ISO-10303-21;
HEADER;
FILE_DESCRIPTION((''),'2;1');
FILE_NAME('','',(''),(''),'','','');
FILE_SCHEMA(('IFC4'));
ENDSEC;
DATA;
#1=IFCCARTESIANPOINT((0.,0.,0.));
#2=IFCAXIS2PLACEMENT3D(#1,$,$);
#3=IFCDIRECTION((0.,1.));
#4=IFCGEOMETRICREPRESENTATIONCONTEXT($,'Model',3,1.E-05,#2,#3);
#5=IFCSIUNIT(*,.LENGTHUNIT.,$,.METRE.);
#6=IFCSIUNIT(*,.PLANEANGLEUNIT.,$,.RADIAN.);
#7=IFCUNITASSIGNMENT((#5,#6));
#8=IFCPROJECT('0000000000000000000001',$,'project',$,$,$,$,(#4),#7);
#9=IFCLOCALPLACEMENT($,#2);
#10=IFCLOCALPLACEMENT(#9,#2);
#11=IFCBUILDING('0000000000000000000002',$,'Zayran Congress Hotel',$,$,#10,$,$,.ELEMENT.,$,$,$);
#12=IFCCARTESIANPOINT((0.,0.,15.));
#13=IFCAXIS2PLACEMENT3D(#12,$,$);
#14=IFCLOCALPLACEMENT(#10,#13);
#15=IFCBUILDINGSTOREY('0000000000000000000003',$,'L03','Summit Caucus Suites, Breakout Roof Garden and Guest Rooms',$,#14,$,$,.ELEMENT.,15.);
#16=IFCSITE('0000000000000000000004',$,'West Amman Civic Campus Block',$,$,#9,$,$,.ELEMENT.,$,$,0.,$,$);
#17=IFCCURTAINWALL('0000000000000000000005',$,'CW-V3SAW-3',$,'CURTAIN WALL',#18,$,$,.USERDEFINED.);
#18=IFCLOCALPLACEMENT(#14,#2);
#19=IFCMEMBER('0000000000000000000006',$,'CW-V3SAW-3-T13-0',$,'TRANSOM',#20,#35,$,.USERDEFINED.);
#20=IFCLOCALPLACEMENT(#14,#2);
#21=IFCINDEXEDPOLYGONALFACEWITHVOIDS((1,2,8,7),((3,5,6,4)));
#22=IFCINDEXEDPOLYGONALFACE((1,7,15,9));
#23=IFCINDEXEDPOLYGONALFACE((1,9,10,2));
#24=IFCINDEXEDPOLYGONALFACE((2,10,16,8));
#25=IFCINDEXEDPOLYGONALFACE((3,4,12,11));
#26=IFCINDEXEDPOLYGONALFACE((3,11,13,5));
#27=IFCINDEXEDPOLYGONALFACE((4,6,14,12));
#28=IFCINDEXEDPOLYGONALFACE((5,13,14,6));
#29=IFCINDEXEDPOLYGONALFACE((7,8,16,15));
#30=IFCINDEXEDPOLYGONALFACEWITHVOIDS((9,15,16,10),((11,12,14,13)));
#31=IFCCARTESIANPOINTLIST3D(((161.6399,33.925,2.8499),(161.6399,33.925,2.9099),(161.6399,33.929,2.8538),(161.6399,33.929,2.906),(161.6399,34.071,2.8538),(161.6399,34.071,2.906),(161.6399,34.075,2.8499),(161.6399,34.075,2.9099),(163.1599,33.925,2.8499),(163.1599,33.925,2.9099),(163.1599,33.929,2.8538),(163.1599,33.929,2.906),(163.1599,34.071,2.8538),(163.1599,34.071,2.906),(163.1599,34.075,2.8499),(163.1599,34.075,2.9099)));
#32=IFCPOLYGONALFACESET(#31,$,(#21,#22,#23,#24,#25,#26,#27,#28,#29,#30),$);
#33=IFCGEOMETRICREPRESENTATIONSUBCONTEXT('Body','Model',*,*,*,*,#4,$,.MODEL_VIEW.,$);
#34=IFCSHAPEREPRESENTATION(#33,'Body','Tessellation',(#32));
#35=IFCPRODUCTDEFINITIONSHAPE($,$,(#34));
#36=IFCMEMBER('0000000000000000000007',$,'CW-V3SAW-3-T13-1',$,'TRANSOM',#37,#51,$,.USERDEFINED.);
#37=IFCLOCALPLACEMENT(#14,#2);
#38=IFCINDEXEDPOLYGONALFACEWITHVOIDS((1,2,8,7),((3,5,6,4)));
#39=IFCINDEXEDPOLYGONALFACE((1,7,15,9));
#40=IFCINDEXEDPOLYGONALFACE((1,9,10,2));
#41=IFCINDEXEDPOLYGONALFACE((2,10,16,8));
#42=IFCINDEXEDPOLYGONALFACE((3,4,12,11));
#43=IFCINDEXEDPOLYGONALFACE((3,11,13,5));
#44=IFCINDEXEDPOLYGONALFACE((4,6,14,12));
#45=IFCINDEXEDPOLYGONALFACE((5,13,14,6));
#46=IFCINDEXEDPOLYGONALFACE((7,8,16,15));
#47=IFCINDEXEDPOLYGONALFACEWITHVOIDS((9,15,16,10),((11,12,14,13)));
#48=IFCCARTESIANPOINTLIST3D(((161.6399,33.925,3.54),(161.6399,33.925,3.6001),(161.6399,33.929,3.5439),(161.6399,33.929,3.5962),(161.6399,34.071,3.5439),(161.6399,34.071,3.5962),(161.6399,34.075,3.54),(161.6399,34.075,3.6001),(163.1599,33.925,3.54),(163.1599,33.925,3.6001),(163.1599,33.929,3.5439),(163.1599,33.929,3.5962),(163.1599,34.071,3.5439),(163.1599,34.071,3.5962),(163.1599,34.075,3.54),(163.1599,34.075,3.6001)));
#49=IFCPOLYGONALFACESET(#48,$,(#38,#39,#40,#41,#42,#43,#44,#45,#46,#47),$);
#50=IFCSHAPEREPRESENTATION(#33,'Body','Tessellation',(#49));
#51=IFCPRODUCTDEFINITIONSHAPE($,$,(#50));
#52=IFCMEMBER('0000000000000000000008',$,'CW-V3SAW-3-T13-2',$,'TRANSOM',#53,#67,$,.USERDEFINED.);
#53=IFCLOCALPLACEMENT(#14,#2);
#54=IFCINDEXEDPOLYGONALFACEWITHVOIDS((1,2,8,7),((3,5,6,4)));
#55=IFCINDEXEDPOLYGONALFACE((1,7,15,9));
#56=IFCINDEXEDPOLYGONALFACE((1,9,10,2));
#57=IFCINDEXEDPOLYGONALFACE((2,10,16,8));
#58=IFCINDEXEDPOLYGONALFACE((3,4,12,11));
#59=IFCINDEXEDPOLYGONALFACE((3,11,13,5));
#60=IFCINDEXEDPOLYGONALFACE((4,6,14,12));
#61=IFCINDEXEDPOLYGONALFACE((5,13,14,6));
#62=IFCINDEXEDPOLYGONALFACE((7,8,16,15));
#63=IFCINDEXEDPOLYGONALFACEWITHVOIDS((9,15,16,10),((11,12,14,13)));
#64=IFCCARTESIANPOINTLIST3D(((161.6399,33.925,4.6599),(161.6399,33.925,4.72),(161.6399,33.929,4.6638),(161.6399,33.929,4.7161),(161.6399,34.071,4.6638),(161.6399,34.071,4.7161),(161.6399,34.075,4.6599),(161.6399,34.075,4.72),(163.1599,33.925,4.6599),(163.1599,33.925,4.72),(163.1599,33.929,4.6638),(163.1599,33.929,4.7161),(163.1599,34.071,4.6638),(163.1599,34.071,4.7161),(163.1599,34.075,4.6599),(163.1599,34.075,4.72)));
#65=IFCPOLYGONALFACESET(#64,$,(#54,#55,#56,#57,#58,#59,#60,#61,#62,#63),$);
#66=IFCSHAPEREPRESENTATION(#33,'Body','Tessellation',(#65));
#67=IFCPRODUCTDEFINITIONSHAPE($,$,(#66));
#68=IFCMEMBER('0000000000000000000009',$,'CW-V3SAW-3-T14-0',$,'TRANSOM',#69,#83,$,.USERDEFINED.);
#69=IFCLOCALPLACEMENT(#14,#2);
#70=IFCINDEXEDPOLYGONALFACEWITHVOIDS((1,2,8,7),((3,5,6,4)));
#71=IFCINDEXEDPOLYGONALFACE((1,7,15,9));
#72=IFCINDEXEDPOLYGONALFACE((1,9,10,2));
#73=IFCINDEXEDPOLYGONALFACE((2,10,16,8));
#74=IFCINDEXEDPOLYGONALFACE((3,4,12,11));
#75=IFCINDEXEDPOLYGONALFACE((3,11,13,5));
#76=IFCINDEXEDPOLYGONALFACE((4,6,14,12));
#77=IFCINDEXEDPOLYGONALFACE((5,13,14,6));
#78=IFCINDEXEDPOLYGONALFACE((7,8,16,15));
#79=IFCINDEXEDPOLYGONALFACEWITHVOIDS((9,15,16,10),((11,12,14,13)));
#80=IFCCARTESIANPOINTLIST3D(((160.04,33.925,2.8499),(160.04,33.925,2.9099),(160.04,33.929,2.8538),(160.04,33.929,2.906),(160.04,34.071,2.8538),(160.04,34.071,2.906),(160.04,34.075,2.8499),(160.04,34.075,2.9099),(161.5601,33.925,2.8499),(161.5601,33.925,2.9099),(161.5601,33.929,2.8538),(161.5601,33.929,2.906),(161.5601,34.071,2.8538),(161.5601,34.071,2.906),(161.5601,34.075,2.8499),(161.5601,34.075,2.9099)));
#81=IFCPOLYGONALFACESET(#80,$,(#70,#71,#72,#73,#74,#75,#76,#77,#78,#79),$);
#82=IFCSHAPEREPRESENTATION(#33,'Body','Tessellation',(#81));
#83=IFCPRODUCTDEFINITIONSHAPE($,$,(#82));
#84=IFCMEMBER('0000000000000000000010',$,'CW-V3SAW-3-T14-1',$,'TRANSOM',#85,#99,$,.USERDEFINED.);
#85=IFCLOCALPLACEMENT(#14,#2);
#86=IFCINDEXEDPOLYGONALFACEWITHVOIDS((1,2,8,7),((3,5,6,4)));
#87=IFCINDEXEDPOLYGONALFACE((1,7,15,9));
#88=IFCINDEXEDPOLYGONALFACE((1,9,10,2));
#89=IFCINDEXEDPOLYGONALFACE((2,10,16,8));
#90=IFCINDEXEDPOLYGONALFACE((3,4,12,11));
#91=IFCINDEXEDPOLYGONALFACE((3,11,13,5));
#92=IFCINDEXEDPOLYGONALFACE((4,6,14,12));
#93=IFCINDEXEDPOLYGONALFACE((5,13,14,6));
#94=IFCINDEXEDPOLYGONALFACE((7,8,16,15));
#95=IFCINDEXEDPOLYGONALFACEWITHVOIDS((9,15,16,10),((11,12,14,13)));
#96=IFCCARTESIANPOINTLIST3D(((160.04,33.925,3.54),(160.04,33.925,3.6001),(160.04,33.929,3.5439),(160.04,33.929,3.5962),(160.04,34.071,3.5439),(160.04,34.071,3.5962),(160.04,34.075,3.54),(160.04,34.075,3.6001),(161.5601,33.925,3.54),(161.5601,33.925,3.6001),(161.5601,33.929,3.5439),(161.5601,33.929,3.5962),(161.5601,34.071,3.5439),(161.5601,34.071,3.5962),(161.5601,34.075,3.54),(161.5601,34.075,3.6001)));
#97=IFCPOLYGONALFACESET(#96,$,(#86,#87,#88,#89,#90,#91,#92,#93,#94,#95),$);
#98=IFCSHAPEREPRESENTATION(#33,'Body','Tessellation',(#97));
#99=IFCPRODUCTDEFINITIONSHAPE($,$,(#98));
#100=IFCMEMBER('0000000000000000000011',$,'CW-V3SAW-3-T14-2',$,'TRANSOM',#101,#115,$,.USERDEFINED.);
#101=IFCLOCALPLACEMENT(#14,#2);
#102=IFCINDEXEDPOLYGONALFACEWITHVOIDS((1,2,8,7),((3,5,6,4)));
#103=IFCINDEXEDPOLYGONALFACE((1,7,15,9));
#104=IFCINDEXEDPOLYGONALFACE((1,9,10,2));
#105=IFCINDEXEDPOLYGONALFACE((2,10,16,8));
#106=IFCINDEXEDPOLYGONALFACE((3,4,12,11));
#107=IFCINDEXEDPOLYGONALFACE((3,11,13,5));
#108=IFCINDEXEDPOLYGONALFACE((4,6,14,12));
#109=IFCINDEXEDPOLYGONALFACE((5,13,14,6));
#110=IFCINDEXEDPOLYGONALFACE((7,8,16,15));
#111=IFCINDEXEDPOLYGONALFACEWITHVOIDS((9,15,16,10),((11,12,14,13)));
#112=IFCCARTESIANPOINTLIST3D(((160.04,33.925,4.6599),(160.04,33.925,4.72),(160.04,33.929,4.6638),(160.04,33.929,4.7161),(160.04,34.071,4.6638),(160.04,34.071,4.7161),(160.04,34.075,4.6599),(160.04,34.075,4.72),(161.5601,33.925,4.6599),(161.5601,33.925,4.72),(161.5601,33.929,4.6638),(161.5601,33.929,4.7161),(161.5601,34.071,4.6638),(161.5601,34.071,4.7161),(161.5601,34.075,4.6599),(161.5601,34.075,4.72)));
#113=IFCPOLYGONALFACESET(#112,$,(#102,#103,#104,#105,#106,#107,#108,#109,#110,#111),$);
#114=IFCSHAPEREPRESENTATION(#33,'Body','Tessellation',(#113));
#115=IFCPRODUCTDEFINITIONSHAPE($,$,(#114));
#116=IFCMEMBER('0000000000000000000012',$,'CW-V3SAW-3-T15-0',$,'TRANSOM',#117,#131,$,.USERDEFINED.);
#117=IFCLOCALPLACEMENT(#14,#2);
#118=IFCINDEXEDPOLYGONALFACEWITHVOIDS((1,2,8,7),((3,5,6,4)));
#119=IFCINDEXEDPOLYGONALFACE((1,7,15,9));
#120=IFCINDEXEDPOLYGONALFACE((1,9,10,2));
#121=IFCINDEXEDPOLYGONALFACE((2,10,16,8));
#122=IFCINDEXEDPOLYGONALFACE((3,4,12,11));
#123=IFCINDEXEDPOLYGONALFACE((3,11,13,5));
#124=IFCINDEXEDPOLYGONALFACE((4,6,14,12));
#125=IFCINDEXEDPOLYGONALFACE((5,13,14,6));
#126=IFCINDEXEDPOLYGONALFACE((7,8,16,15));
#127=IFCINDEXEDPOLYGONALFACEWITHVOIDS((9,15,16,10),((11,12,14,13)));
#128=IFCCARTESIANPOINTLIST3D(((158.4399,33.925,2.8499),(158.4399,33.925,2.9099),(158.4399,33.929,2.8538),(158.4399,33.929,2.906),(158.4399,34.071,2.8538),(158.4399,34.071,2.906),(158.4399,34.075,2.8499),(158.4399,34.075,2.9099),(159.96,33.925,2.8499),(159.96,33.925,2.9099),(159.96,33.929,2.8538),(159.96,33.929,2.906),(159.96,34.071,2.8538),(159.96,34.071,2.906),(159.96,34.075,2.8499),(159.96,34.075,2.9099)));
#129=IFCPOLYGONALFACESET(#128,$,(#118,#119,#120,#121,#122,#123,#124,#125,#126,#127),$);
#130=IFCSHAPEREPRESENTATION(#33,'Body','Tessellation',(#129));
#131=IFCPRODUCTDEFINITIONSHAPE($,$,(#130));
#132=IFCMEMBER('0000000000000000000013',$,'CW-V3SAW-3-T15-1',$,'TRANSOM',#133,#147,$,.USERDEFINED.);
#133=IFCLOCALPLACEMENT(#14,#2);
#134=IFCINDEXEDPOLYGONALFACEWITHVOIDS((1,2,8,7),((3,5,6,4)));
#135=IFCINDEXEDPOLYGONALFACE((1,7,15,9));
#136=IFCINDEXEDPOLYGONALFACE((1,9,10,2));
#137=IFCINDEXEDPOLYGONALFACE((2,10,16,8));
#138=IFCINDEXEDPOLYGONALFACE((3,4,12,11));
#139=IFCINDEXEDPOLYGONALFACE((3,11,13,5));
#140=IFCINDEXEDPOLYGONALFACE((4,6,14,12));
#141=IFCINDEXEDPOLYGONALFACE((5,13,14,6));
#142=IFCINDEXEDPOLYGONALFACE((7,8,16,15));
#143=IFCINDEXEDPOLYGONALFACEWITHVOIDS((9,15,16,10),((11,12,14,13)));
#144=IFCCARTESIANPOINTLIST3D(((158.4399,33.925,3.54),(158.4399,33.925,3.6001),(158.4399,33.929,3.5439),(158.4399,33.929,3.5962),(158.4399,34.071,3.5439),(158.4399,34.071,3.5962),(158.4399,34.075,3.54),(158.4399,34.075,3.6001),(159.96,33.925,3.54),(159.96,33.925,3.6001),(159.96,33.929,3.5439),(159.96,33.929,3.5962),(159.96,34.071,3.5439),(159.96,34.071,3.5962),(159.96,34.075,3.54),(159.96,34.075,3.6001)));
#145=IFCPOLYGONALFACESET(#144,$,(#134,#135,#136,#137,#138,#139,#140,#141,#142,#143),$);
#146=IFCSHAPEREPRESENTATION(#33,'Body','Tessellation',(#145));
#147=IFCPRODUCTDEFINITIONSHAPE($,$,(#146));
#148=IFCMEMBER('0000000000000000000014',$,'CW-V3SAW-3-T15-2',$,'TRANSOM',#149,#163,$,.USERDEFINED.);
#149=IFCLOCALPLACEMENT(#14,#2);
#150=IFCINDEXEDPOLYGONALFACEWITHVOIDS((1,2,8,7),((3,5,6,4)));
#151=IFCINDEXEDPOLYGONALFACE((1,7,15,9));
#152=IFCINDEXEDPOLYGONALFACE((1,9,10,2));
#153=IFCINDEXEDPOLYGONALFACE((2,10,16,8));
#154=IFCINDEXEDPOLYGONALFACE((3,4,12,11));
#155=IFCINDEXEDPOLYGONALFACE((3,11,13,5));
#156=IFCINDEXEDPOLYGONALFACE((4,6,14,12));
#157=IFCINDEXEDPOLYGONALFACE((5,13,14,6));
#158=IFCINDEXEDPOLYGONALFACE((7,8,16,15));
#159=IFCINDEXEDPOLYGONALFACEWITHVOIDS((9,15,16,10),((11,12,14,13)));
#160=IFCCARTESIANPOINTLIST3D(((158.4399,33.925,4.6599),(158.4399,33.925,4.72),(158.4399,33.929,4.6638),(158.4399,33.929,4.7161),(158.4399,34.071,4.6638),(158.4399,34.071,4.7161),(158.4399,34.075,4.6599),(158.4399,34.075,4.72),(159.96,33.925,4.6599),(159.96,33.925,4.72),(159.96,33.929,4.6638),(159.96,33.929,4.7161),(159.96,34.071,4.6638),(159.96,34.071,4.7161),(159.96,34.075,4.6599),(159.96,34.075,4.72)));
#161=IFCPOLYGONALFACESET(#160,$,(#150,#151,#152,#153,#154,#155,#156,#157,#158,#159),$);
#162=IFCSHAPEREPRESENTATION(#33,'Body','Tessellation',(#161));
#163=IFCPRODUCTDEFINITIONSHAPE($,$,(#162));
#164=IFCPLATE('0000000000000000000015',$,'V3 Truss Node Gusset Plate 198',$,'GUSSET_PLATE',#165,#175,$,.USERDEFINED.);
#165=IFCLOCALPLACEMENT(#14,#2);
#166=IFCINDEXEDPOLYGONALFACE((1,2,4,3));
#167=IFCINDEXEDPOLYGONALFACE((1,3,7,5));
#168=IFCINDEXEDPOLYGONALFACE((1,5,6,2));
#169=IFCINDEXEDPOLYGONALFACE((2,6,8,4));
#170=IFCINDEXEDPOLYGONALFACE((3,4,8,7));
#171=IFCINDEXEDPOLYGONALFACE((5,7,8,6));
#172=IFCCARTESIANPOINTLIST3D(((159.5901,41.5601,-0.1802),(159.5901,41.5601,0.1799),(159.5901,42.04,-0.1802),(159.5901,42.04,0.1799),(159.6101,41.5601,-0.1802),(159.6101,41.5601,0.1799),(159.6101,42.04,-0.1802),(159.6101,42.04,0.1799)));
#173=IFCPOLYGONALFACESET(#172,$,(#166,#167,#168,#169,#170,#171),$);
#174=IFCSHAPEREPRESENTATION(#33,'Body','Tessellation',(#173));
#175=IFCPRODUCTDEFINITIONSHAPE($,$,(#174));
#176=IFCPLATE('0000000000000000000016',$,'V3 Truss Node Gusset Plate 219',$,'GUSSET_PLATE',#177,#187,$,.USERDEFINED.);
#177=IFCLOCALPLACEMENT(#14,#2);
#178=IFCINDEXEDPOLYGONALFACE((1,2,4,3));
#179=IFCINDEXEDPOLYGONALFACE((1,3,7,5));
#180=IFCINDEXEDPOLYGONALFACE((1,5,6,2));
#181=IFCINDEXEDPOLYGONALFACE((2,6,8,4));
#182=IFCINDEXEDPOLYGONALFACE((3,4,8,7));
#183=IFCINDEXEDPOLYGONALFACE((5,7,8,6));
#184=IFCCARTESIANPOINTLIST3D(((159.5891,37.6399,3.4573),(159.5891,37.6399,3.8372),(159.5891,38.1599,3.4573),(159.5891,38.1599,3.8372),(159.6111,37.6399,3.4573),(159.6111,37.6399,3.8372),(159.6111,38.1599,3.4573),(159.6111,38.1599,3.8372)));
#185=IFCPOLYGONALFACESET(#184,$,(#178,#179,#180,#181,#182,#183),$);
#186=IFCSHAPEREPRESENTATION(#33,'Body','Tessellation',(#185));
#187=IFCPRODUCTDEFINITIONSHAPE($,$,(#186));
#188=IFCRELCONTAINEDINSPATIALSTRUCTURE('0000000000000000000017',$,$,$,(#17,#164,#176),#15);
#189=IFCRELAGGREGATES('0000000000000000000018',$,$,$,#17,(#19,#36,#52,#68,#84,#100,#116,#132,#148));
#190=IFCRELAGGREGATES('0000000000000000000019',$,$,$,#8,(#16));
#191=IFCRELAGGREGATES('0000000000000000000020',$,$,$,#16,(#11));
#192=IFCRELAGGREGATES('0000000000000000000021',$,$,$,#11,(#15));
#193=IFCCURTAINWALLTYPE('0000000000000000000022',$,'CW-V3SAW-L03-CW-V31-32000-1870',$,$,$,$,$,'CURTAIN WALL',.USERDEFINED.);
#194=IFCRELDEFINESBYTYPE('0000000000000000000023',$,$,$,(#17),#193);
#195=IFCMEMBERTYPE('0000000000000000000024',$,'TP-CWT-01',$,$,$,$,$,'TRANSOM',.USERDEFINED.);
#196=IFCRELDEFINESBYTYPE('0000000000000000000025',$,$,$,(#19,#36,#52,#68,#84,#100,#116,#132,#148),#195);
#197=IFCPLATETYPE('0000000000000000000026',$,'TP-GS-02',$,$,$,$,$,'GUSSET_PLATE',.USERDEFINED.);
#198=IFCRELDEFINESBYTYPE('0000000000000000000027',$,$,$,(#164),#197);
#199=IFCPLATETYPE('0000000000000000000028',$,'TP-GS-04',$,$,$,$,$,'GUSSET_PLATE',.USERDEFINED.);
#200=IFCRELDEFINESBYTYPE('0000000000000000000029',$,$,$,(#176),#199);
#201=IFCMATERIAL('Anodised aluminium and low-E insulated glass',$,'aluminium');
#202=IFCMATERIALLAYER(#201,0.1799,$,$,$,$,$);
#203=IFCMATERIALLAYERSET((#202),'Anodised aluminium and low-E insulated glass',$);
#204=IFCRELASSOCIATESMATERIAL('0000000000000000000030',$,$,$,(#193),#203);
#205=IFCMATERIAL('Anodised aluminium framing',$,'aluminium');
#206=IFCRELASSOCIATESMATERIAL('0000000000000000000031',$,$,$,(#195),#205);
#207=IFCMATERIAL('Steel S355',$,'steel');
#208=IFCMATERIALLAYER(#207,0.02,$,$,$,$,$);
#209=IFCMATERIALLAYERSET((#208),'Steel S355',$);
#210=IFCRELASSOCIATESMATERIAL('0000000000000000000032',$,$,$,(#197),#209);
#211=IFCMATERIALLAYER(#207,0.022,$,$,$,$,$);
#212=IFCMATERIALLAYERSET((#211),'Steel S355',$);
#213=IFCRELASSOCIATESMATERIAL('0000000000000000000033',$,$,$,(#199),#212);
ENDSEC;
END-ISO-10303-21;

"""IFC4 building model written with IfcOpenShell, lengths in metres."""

from ifc_helpers import new_model, si_unit, direction, frame, origin, origin_2d, place, context, subcontext, project, spatial, rectangle, hollow_rectangle, extrude, material, layer, layer_set, material_profile, profile_set, type_object, element, aggregate, save


model = new_model("IFC4")

# Units and contexts
model_context = context("Model", 3, precision=1e-05, world=origin(), true_north=direction((0.0, 1.0)))
body_context = subcontext(model_context, "Body", "Model", "MODEL_VIEW")
ifc_project = project(units=[si_unit("LENGTHUNIT", "METRE"), si_unit("PLANEANGLEUNIT", "RADIAN")], contexts=[model_context])

# Site, building, storey
site_placement = place(None, origin())
site = spatial("IfcSite", under=ifc_project, at=site_placement, Name="West Amman Civic Campus Block", CompositionType="ELEMENT", RefElevation=0.0)
building_placement = place(site_placement, origin())
building = spatial("IfcBuilding", under=site, at=building_placement, Name="Zayran Congress Hotel", CompositionType="ELEMENT")
storey_placement = place(building_placement, frame((0.0, 0.0, 15.0)))
storey = spatial("IfcBuildingStorey", under=building, at=storey_placement, Name="L03", Description="Summit Caucus Suites, Breakout Roof Garden and Guest Rooms", CompositionType="ELEMENT", Elevation=15.0)

# Shared definitions
ifc_material_1 = material(Name="Steel S355", Category="steel")

# Curtain wall, members
ifc_material_2 = material(Name="Anodised aluminium and low-E insulated glass", Category="aluminium")
ifc_layer_1 = layer(ifc_material_2, 0.1799)
ifc_layer_set_1 = layer_set([ifc_layer_1], Name="Anodised aluminium and low-E insulated glass")
curtain_wall_type = type_object("IfcCurtainWallType", Name="CW-V3SAW-L03-CW-V31-32000-1870", ElementType="CURTAIN WALL", PredefinedType="USERDEFINED", material=ifc_layer_set_1)
curtain_wall_placement = place(storey_placement, origin())
curtain_wall = element("IfcCurtainWall", 1, at=curtain_wall_placement, inside=storey, type_object=curtain_wall_type, Name="CW-V3SAW-3", ObjectType="CURTAIN WALL", PredefinedType="USERDEFINED")
ifc_material_3 = material(Name="Anodised aluminium framing", Category="aluminium")
ifc_material_profile_1 = material_profile(ifc_material_3, hollow_rectangle(XDim=0.0601, YDim=0.1499, WallThickness=0.0039, at=origin_2d()), Name="RHS 150x60x4")
ifc_profile_set_1 = profile_set([ifc_material_profile_1], Name="Anodised aluminium framing")
member_type_1 = type_object("IfcMemberType", Name="TP-CWT-01", ElementType="TRANSOM", PredefinedType="USERDEFINED", material=ifc_profile_set_1)
member_1_placement = place(storey_placement, frame((163.1599, 34.0, 2.8799), z_axis=(-1.0, 0.0, 0.0), x_axis=(0.0, 0.0, 1.0)))
member_1 = element("IfcMember", 2, at=member_1_placement, type_object=member_type_1, Name="CW-V3SAW-3-T13-0", ObjectType="TRANSOM", PredefinedType="USERDEFINED", context=body_context, shape_type="SweptSolid", body=[
    extrude(hollow_rectangle(XDim=0.0601, YDim=0.1499, WallThickness=0.0039, at=origin_2d()), origin(), (0.0, 0.0, 1.0), 1.52),
])
member_2_placement = place(storey_placement, frame((163.1599, 34.0, 3.5701), z_axis=(-1.0, 0.0, 0.0), x_axis=(0.0, 0.0, 1.0)))
member_2 = element("IfcMember", 3, at=member_2_placement, type_object=member_type_1, Name="CW-V3SAW-3-T13-1", ObjectType="TRANSOM", PredefinedType="USERDEFINED", context=body_context, shape_type="SweptSolid", body=[
    extrude(hollow_rectangle(XDim=0.0601, YDim=0.1499, WallThickness=0.0039, at=origin_2d()), origin(), (0.0, 0.0, 1.0), 1.52),
])
member_3_placement = place(storey_placement, frame((163.1599, 34.0, 4.6899), z_axis=(-1.0, 0.0, 0.0), x_axis=(0.0, 0.0, 1.0)))
member_3 = element("IfcMember", 4, at=member_3_placement, type_object=member_type_1, Name="CW-V3SAW-3-T13-2", ObjectType="TRANSOM", PredefinedType="USERDEFINED", context=body_context, shape_type="SweptSolid", body=[
    extrude(hollow_rectangle(XDim=0.0601, YDim=0.1499, WallThickness=0.0039, at=origin_2d()), origin(), (0.0, 0.0, 1.0), 1.52),
])
member_4_placement = place(storey_placement, frame((161.5601, 34.0, 2.8799), z_axis=(-1.0, 0.0, 0.0), x_axis=(0.0, 0.0, 1.0)))
member_4 = element("IfcMember", 5, at=member_4_placement, type_object=member_type_1, Name="CW-V3SAW-3-T14-0", ObjectType="TRANSOM", PredefinedType="USERDEFINED", context=body_context, shape_type="SweptSolid", body=[
    extrude(hollow_rectangle(XDim=0.0601, YDim=0.1499, WallThickness=0.0039, at=origin_2d()), origin(), (0.0, 0.0, 1.0), 1.52),
])
member_5_placement = place(storey_placement, frame((161.5601, 34.0, 3.5701), z_axis=(-1.0, 0.0, 0.0), x_axis=(0.0, 0.0, 1.0)))
member_5 = element("IfcMember", 6, at=member_5_placement, type_object=member_type_1, Name="CW-V3SAW-3-T14-1", ObjectType="TRANSOM", PredefinedType="USERDEFINED", context=body_context, shape_type="SweptSolid", body=[
    extrude(hollow_rectangle(XDim=0.0601, YDim=0.1499, WallThickness=0.0039, at=origin_2d()), origin(), (0.0, 0.0, 1.0), 1.52),
])
member_6_placement = place(storey_placement, frame((161.5601, 34.0, 4.6899), z_axis=(-1.0, 0.0, 0.0), x_axis=(0.0, 0.0, 1.0)))
member_6 = element("IfcMember", 7, at=member_6_placement, type_object=member_type_1, Name="CW-V3SAW-3-T14-2", ObjectType="TRANSOM", PredefinedType="USERDEFINED", context=body_context, shape_type="SweptSolid", body=[
    extrude(hollow_rectangle(XDim=0.0601, YDim=0.1499, WallThickness=0.0039, at=origin_2d()), origin(), (0.0, 0.0, 1.0), 1.52),
])
member_7_placement = place(storey_placement, frame((159.96, 34.0, 2.8799), z_axis=(-1.0, 0.0, 0.0), x_axis=(0.0, 0.0, 1.0)))
member_7 = element("IfcMember", 8, at=member_7_placement, type_object=member_type_1, Name="CW-V3SAW-3-T15-0", ObjectType="TRANSOM", PredefinedType="USERDEFINED", context=body_context, shape_type="SweptSolid", body=[
    extrude(hollow_rectangle(XDim=0.0601, YDim=0.1499, WallThickness=0.0039, at=origin_2d()), origin(), (0.0, 0.0, 1.0), 1.52),
])
member_8_placement = place(storey_placement, frame((159.96, 34.0, 3.5701), z_axis=(-1.0, 0.0, 0.0), x_axis=(0.0, 0.0, 1.0)))
member_8 = element("IfcMember", 9, at=member_8_placement, type_object=member_type_1, Name="CW-V3SAW-3-T15-1", ObjectType="TRANSOM", PredefinedType="USERDEFINED", context=body_context, shape_type="SweptSolid", body=[
    extrude(hollow_rectangle(XDim=0.0601, YDim=0.1499, WallThickness=0.0039, at=origin_2d()), origin(), (0.0, 0.0, 1.0), 1.52),
])
member_9_placement = place(storey_placement, frame((159.96, 34.0, 4.6899), z_axis=(-1.0, 0.0, 0.0), x_axis=(0.0, 0.0, 1.0)))
member_9 = element("IfcMember", 10, at=member_9_placement, type_object=member_type_1, Name="CW-V3SAW-3-T15-2", ObjectType="TRANSOM", PredefinedType="USERDEFINED", context=body_context, shape_type="SweptSolid", body=[
    extrude(hollow_rectangle(XDim=0.0601, YDim=0.1499, WallThickness=0.0039, at=origin_2d()), origin(), (0.0, 0.0, 1.0), 1.52),
])

# Plates
ifc_layer_2 = layer(ifc_material_1, 0.02)
ifc_layer_set_2 = layer_set([ifc_layer_2], Name="Steel S355")
plate_type_1 = type_object("IfcPlateType", Name="TP-GS-02", ElementType="GUSSET_PLATE", PredefinedType="USERDEFINED", material=ifc_layer_set_2)
plate_1_placement = place(storey_placement, frame((159.6001, 41.8, -0.1802), z_axis=(0.0, 0.0, 1.0), x_axis=(0.0, 1.0, 0.0)))
element("IfcPlate", 11, at=plate_1_placement, inside=storey, type_object=plate_type_1, Name="V3 Truss Node Gusset Plate 198", ObjectType="GUSSET_PLATE", PredefinedType="USERDEFINED", context=body_context, shape_type="SweptSolid", body=[
    extrude(rectangle(XDim=0.48, YDim=0.02, at=origin_2d()), origin(), (0.0, 0.0, 1.0), 0.3601),
])
ifc_layer_3 = layer(ifc_material_1, 0.022)
ifc_layer_set_3 = layer_set([ifc_layer_3], Name="Steel S355")
plate_type_2 = type_object("IfcPlateType", Name="TP-GS-04", ElementType="GUSSET_PLATE", PredefinedType="USERDEFINED", material=ifc_layer_set_3)
for number, where, z_axis, x_axis, name in (
    (12, (159.6001, 37.8999, 3.4573), (0.0, 0.0, 1.0), (0.0, 1.0, 0.0), "V3 Truss Node Gusset Plate 219"),
):
    element("IfcPlate", number, at=place(storey_placement, frame(where, z_axis=z_axis, x_axis=x_axis)), inside=storey, type_object=plate_type_2, Name=name, ObjectType="GUSSET_PLATE", PredefinedType="USERDEFINED", context=body_context, shape_type="SweptSolid", body=[
        extrude(rectangle(XDim=0.52, YDim=0.022, at=origin_2d()), origin(), (0.0, 0.0, 1.0), 0.3799),
    ])

aggregate(curtain_wall, [member_1, member_2, member_3, member_4, member_5, member_6, member_7, member_8, member_9])

save(model, "model.ifc")
